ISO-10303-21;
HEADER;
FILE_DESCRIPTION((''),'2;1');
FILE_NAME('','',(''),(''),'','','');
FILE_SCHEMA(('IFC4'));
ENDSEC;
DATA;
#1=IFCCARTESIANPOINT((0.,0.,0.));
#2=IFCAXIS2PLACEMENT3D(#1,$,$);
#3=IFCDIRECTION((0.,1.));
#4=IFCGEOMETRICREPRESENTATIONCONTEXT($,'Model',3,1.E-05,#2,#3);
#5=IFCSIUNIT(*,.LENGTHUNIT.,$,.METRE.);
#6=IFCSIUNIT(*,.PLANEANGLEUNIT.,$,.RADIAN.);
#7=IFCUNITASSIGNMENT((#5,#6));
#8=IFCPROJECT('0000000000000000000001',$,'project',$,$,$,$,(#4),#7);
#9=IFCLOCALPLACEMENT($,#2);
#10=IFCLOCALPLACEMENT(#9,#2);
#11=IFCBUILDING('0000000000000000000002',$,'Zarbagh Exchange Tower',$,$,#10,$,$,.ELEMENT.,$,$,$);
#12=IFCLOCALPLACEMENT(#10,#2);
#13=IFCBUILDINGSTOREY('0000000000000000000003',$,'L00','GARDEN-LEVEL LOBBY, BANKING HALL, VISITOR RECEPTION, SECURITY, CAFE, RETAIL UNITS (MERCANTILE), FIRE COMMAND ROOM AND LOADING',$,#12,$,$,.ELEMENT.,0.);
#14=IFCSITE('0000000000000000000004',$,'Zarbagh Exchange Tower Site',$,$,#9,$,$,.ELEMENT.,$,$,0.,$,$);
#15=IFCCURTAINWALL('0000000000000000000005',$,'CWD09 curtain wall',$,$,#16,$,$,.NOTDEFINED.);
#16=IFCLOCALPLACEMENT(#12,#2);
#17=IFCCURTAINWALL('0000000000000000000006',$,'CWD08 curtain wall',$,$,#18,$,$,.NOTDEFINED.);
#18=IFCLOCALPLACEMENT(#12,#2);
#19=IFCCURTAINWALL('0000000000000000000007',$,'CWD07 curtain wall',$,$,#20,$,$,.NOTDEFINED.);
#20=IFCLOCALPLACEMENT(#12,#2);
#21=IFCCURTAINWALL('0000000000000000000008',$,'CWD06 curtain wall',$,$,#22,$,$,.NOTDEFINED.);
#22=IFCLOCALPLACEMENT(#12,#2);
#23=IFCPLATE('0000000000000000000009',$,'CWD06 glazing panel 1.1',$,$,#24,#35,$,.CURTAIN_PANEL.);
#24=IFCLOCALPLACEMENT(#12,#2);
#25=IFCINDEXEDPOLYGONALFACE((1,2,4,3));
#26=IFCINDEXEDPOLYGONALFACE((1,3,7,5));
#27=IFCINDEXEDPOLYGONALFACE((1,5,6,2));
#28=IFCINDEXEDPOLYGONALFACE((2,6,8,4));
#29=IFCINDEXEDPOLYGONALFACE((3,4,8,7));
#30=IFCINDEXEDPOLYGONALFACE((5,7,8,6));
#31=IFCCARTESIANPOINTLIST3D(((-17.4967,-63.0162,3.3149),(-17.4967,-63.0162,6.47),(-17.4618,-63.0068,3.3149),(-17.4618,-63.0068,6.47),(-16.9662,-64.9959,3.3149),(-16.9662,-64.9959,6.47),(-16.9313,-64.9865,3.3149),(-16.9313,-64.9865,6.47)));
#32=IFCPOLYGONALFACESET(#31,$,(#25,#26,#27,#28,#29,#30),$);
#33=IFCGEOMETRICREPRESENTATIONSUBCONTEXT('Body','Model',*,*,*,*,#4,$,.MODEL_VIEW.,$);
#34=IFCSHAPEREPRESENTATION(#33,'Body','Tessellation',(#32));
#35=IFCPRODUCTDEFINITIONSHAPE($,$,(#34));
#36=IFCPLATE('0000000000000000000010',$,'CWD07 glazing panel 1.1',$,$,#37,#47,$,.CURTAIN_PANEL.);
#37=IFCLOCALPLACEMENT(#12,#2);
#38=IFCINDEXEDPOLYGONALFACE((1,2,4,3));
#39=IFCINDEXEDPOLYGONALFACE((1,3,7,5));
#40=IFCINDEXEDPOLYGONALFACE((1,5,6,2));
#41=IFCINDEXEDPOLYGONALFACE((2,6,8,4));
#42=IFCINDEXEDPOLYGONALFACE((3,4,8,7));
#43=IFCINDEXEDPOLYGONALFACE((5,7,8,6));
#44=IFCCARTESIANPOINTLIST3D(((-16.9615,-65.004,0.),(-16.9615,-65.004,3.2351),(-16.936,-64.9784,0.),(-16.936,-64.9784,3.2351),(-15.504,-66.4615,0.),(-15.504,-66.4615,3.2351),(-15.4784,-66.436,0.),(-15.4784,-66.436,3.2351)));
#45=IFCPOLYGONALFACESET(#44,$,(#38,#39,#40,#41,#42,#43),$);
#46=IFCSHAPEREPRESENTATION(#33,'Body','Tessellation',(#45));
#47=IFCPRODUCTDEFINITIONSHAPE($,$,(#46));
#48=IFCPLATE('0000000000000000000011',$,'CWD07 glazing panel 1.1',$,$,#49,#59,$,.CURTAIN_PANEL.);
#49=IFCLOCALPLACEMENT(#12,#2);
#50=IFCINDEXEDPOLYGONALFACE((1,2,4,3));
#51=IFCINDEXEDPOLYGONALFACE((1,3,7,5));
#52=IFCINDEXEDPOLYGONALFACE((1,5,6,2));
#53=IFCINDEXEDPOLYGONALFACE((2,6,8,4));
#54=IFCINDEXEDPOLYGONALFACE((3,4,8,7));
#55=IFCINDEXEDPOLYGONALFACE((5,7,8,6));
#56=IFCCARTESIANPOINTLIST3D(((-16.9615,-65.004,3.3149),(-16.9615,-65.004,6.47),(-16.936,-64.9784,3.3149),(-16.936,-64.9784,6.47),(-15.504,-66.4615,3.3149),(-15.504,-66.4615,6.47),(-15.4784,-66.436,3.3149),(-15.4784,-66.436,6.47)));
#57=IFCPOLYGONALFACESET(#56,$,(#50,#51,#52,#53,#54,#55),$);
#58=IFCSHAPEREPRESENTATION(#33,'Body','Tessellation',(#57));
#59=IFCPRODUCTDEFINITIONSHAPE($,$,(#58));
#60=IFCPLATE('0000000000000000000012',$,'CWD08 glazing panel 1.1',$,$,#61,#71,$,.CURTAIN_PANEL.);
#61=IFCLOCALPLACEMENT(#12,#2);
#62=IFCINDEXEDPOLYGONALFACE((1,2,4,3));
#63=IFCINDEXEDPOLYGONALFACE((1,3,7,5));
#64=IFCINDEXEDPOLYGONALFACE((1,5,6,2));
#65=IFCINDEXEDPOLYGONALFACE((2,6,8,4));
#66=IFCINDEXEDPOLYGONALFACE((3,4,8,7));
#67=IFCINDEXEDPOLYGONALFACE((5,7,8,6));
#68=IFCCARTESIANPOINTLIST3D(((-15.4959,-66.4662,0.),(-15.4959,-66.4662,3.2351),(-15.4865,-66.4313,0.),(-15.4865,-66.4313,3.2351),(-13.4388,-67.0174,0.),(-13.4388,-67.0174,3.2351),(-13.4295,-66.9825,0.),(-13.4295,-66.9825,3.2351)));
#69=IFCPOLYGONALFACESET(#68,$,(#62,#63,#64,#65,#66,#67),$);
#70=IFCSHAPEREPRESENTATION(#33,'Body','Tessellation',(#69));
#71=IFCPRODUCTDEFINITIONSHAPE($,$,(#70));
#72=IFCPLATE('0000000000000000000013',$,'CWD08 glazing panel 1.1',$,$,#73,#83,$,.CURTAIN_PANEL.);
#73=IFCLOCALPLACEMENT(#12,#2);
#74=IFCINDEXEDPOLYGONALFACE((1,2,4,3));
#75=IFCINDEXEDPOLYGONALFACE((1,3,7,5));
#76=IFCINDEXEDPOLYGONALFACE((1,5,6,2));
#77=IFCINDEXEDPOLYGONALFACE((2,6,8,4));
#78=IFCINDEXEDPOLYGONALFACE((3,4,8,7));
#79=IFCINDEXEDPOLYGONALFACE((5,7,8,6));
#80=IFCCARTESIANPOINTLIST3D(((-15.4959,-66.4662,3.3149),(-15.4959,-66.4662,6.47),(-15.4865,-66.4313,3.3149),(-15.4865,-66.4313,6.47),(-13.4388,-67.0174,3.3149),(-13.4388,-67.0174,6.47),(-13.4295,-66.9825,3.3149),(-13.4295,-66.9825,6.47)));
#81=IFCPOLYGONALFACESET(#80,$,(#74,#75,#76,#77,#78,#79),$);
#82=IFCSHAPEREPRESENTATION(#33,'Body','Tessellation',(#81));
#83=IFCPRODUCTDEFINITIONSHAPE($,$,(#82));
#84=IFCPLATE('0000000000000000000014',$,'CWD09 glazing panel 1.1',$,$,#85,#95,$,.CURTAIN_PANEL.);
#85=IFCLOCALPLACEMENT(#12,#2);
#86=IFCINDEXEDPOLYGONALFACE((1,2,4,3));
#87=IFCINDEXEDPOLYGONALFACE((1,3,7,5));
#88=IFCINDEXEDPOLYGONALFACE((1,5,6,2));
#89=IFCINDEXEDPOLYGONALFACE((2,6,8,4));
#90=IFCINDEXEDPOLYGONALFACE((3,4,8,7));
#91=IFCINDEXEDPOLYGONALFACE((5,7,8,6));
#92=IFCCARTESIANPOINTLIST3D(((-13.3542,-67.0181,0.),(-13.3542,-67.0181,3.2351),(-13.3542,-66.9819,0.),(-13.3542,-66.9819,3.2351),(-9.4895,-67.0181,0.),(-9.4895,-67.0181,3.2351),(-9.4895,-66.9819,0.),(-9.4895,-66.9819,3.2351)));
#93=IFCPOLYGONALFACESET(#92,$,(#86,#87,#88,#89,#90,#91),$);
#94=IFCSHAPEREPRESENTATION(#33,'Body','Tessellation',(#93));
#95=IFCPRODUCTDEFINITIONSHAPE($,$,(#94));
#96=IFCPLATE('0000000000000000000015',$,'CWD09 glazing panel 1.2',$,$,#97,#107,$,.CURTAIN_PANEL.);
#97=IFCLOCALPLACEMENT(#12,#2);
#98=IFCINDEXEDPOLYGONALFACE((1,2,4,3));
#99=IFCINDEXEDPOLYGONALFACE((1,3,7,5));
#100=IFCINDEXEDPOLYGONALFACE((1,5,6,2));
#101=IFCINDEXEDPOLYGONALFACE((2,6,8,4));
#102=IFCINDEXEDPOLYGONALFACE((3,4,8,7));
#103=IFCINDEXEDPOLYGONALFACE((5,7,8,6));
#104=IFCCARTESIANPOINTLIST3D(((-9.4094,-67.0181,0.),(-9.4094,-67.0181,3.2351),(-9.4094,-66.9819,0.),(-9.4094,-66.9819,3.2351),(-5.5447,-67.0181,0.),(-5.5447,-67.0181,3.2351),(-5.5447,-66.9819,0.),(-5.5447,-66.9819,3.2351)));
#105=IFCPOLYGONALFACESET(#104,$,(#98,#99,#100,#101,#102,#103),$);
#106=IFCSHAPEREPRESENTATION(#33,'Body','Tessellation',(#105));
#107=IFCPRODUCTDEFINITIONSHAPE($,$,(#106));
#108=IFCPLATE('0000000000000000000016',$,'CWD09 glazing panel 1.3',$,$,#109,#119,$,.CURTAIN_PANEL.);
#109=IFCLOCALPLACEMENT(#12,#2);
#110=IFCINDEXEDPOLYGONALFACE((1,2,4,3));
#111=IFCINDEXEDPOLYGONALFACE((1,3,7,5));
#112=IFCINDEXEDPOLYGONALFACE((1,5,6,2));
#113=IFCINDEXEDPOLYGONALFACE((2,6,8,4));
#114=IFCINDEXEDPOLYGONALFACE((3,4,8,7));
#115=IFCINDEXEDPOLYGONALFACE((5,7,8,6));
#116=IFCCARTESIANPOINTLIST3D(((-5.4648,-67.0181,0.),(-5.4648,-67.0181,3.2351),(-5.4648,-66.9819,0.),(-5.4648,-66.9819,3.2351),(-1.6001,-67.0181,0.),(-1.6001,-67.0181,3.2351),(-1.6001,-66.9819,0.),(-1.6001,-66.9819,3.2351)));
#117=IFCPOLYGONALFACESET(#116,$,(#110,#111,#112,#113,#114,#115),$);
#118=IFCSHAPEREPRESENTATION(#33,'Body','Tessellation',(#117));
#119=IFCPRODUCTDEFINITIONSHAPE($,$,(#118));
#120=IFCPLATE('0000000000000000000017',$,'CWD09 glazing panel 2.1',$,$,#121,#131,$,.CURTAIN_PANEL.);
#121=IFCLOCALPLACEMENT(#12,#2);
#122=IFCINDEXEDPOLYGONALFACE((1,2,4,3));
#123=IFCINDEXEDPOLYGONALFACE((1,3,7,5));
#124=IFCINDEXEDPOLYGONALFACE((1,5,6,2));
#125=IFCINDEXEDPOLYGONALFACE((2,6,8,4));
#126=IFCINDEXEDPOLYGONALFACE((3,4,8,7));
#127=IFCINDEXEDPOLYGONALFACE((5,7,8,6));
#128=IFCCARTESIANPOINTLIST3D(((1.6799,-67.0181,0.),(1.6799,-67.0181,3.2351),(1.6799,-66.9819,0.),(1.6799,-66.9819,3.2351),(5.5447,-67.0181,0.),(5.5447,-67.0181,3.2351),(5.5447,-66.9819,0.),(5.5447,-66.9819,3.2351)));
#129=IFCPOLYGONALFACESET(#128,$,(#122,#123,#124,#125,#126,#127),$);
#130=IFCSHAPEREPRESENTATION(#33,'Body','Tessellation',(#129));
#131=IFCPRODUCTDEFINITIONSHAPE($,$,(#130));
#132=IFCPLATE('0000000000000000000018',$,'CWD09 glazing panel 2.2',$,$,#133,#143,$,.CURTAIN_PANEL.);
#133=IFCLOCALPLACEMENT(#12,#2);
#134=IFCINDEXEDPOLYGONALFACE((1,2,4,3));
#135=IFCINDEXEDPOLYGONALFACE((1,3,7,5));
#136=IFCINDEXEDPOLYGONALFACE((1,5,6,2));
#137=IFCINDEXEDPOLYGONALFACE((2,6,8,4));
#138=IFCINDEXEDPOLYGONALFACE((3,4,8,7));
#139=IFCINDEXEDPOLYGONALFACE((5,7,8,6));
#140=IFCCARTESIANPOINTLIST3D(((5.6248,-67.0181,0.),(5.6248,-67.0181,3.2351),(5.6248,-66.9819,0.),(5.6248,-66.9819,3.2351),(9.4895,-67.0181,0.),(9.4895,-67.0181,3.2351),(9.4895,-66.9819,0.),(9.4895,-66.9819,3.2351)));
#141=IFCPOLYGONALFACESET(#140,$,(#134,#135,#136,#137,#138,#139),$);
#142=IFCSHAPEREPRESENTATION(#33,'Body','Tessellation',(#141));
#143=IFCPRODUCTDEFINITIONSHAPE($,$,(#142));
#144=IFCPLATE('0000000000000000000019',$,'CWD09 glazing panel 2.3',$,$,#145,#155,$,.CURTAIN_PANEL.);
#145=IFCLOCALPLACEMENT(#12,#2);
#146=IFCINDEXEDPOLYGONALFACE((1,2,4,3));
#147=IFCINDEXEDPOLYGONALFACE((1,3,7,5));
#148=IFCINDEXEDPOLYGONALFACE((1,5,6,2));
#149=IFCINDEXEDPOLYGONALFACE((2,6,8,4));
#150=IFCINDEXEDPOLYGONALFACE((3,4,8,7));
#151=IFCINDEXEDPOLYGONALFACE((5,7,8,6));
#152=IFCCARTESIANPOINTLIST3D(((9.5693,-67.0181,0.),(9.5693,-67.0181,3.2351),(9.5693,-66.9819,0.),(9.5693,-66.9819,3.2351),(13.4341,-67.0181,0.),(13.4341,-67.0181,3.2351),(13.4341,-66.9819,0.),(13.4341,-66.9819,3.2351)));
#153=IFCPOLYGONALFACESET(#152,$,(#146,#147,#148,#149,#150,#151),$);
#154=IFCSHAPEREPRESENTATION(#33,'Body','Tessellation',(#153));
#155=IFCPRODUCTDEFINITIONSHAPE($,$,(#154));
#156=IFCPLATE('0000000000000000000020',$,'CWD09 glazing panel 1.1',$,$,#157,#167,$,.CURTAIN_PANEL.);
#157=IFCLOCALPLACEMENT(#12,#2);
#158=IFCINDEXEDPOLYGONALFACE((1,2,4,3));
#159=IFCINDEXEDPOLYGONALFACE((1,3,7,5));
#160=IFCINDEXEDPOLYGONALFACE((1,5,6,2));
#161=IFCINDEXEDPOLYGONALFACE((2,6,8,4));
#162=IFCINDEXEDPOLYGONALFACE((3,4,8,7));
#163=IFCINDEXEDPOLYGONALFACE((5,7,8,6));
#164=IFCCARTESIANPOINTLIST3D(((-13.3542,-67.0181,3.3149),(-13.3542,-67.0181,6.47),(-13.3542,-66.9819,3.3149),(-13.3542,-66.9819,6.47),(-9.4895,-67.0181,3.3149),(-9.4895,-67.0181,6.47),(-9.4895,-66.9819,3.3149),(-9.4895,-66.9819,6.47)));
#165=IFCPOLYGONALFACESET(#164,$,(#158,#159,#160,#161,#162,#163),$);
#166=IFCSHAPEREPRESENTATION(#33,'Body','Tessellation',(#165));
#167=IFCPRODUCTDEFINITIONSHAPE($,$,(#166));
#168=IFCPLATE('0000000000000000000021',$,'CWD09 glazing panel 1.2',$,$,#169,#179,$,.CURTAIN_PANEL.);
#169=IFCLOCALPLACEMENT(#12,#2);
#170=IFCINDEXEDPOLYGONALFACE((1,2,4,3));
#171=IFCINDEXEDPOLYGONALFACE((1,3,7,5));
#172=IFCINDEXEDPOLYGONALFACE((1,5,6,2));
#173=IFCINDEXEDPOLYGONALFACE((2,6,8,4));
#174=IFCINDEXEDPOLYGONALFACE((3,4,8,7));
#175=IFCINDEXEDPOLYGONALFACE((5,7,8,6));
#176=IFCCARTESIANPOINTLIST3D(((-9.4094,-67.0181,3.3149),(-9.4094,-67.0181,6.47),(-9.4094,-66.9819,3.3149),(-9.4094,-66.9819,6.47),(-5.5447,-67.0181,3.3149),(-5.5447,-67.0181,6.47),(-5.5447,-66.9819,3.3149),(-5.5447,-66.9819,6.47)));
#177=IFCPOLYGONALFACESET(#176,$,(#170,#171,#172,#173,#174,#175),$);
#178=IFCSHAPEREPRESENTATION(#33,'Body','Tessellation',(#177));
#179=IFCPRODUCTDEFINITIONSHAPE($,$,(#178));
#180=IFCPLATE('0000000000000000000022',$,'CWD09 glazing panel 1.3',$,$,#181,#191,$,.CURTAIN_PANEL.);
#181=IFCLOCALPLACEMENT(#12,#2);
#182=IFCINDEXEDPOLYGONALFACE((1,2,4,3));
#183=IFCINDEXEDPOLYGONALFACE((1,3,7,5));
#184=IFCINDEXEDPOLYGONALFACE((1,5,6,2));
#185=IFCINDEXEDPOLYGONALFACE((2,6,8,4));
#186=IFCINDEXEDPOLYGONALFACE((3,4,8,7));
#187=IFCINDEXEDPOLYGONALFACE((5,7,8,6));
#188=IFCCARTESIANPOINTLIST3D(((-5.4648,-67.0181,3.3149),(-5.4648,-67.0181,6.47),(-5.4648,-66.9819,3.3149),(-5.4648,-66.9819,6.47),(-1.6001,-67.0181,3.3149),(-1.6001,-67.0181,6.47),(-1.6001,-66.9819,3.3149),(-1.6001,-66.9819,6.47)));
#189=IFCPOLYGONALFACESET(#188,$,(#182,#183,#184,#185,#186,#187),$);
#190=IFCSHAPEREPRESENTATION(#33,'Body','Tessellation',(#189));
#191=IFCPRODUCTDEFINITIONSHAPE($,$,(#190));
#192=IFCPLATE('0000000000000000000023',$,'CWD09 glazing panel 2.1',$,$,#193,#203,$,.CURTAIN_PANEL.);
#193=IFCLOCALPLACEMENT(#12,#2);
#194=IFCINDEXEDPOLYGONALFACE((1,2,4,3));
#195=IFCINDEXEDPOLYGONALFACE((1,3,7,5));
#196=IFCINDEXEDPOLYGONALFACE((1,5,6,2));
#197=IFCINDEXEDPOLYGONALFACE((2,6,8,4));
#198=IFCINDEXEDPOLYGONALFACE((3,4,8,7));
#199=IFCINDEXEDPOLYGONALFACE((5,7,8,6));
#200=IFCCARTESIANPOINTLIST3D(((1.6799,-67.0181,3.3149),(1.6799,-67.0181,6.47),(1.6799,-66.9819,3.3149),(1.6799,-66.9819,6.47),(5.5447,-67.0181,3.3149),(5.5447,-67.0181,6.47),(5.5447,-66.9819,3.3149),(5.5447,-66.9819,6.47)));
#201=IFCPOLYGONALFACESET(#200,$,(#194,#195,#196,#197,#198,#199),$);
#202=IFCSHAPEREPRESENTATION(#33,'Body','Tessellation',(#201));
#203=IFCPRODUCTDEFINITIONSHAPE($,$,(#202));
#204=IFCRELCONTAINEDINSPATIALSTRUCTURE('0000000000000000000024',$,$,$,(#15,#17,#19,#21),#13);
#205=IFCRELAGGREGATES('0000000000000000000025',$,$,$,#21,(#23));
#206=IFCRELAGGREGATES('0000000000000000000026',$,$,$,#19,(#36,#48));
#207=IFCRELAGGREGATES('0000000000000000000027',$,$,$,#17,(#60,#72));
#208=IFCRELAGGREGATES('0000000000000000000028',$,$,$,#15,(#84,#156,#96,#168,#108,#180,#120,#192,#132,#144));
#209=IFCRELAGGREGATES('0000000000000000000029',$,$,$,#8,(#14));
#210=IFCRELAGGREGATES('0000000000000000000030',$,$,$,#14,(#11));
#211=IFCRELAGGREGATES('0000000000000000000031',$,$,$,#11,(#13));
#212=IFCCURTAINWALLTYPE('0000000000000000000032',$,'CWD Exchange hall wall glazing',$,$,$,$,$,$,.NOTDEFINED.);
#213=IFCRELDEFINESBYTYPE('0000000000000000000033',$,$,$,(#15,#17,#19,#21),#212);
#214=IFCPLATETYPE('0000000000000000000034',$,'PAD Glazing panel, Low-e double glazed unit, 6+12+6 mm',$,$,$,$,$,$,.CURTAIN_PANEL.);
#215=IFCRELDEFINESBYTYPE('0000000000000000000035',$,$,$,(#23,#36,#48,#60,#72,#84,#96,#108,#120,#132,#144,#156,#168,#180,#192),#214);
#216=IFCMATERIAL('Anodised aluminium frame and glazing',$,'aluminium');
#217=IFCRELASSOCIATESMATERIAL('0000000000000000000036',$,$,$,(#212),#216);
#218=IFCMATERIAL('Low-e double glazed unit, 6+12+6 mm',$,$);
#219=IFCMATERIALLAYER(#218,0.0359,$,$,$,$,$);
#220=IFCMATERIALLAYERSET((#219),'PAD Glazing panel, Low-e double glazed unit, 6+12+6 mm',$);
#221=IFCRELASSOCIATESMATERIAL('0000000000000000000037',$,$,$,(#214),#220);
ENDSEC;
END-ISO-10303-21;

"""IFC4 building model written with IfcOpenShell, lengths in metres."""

from ifc_helpers import new_model, si_unit, direction, origin, place, context, subcontext, project, spatial, polyline, outline, extrude, source, transform, mapped, material, layer, layer_set, type_object, element, aggregate, save


model = new_model("IFC4")

# Units and contexts
model_context = context("Model", 3, precision=1e-05, world=origin(), true_north=direction((0.0, 1.0)))
body_context = subcontext(model_context, "Body", "Model", "MODEL_VIEW")
ifc_project = project(units=[si_unit("LENGTHUNIT", "METRE"), si_unit("PLANEANGLEUNIT", "RADIAN")], contexts=[model_context])

# Site, building, storey
site_placement = place(None, origin())
site = spatial("IfcSite", under=ifc_project, at=site_placement, Name="Zarbagh Exchange Tower Site", CompositionType="ELEMENT", RefElevation=0.0)
building_placement = place(site_placement, origin())
building = spatial("IfcBuilding", under=site, at=building_placement, Name="Zarbagh Exchange Tower", CompositionType="ELEMENT")
storey_placement = place(building_placement, origin())
storey = spatial("IfcBuildingStorey", under=building, at=storey_placement, Name="L00", Description="GARDEN-LEVEL LOBBY, BANKING HALL, VISITOR RECEPTION, SECURITY, CAFE, RETAIL UNITS (MERCANTILE), FIRE COMMAND ROOM AND LOADING", CompositionType="ELEMENT", Elevation=0.0)

# Curtain walls
ifc_material_1 = material(Name="Anodised aluminium frame and glazing", Category="aluminium")
curtain_wall_type = type_object("IfcCurtainWallType", Name="CWD Exchange hall wall glazing", PredefinedType="NOTDEFINED", material=ifc_material_1)
curtain_wall_1_placement = place(storey_placement, origin())
curtain_wall_1 = element("IfcCurtainWall", 1, at=curtain_wall_1_placement, inside=storey, type_object=curtain_wall_type, Name="CWD09 curtain wall", PredefinedType="NOTDEFINED")
placement = place(storey_placement, origin())
curtain_wall_2_placement = place(storey_placement, origin())
curtain_wall_2 = element("IfcCurtainWall", 2, at=curtain_wall_2_placement, inside=storey, type_object=curtain_wall_type, Name="CWD08 curtain wall", PredefinedType="NOTDEFINED")
curtain_wall_3_placement = place(storey_placement, origin())
curtain_wall_3 = element("IfcCurtainWall", 3, at=curtain_wall_3_placement, inside=storey, type_object=curtain_wall_type, Name="CWD07 curtain wall", PredefinedType="NOTDEFINED")

# Curtain wall, plate
curtain_wall_4_placement = place(storey_placement, origin())
curtain_wall_4 = element("IfcCurtainWall", 4, at=curtain_wall_4_placement, inside=storey, type_object=curtain_wall_type, Name="CWD06 curtain wall", PredefinedType="NOTDEFINED")
ifc_material_2 = material(Name="Low-e double glazed unit, 6+12+6 mm")
ifc_layer_1 = layer(ifc_material_2, 0.0359)
ifc_layer_set_1 = layer_set([ifc_layer_1], Name="PAD Glazing panel, Low-e double glazed unit, 6+12+6 mm")
plate_type = type_object("IfcPlateType", Name="PAD Glazing panel, Low-e double glazed unit, 6+12+6 mm", PredefinedType="CURTAIN_PANEL", material=ifc_layer_set_1)
shared_shape_1 = source(origin(), body_context, "Body", "SweptSolid", [
    extrude(outline(polyline([(0.0, -0.0181), (2.0496, -0.0181), (2.0496, 0.0181), (0.0, 0.0181), (0.0, -0.0181)])), origin(), (0.0, 0.0, 1.0), 3.155),
])
plate_1 = element("IfcPlate", 5, at=placement, type_object=plate_type, Name="CWD06 glazing panel 1.1", PredefinedType="CURTAIN_PANEL", context=body_context, shape_type="MappedRepresentation", body=[
    mapped(shared_shape_1, transform((-17.4792, -63.0115, 3.3149), x_axis=(0.258825, -0.965924, 0.0), y_axis=(0.965924, 0.258825, 0.0), z_axis=(0.0, 0.0, 1.0))),
])
aggregate(curtain_wall_4, [plate_1])

# Plates
shared_shape_2 = source(origin(), body_context, "Body", "SweptSolid", [
    extrude(outline(polyline([(0.0, -0.0181), (2.0613, -0.0181), (2.0613, 0.0181), (0.0, 0.0181), (0.0, -0.0181)])), origin(), (0.0, 0.0, 1.0), 3.2351),
])
plate_2 = element("IfcPlate", 6, at=placement, type_object=plate_type, Name="CWD07 glazing panel 1.1", PredefinedType="CURTAIN_PANEL", context=body_context, shape_type="MappedRepresentation", body=[
    mapped(shared_shape_2, transform((-16.9487, -64.9912, 0.0), x_axis=(0.707107, -0.707107, 0.0), y_axis=(0.707107, 0.707107, 0.0), z_axis=(0.0, 0.0, 1.0))),
])
shared_shape_3 = source(origin(), body_context, "Body", "SweptSolid", [
    extrude(outline(polyline([(0.0, -0.0181), (2.0613, -0.0181), (2.0613, 0.0181), (0.0, 0.0181), (0.0, -0.0181)])), origin(), (0.0, 0.0, 1.0), 3.155),
])
plate_3 = element("IfcPlate", 7, at=placement, type_object=plate_type, Name="CWD07 glazing panel 1.1", PredefinedType="CURTAIN_PANEL", context=body_context, shape_type="MappedRepresentation", body=[
    mapped(shared_shape_3, transform((-16.9487, -64.9912, 3.3149), x_axis=(0.707107, -0.707107, 0.0), y_axis=(0.707107, 0.707107, 0.0), z_axis=(0.0, 0.0, 1.0))),
])
aggregate(curtain_wall_3, [plate_2, plate_3])
shared_shape_4 = source(origin(), body_context, "Body", "SweptSolid", [
    extrude(outline(polyline([(0.0, -0.0181), (2.1296, -0.0181), (2.1296, 0.0181), (0.0, 0.0181), (0.0, -0.0181)])), origin(), (0.0, 0.0, 1.0), 3.2351),
])
plate_4 = element("IfcPlate", 8, at=placement, type_object=plate_type, Name="CWD08 glazing panel 1.1", PredefinedType="CURTAIN_PANEL", context=body_context, shape_type="MappedRepresentation", body=[
    mapped(shared_shape_4, transform((-15.4912, -66.4487, 0.0), x_axis=(0.965924, -0.258825, 0.0), y_axis=(0.258825, 0.965924, 0.0), z_axis=(0.0, 0.0, 1.0))),
])
shared_shape_5 = source(origin(), body_context, "Body", "SweptSolid", [
    extrude(outline(polyline([(0.0, -0.0181), (2.1296, -0.0181), (2.1296, 0.0181), (0.0, 0.0181), (0.0, -0.0181)])), origin(), (0.0, 0.0, 1.0), 3.155),
])
plate_5 = element("IfcPlate", 9, at=placement, type_object=plate_type, Name="CWD08 glazing panel 1.1", PredefinedType="CURTAIN_PANEL", context=body_context, shape_type="MappedRepresentation", body=[
    mapped(shared_shape_5, transform((-15.4912, -66.4487, 3.3149), x_axis=(0.965924, -0.258825, 0.0), y_axis=(0.258825, 0.965924, 0.0), z_axis=(0.0, 0.0, 1.0))),
])
aggregate(curtain_wall_2, [plate_4, plate_5])
shared_shape_6 = source(origin(), body_context, "Body", "SweptSolid", [
    extrude(outline(polyline([(0.0, -0.0181), (3.8647, -0.0181), (3.8647, 0.0181), (0.0, 0.0181), (0.0, -0.0181)])), origin(), (0.0, 0.0, 1.0), 3.2351),
])
plate_6 = element("IfcPlate", 10, at=placement, type_object=plate_type, Name="CWD09 glazing panel 1.1", PredefinedType="CURTAIN_PANEL", context=body_context, shape_type="MappedRepresentation", body=[
    mapped(shared_shape_6, transform((-13.3542, -67.0, 0.0), x_axis=(1.0, 0.0, 0.0), y_axis=(0.0, 1.0, 0.0), z_axis=(0.0, 0.0, 1.0))),
])
plate_7 = element("IfcPlate", 11, at=placement, type_object=plate_type, Name="CWD09 glazing panel 1.2", PredefinedType="CURTAIN_PANEL", context=body_context, shape_type="MappedRepresentation", body=[
    mapped(shared_shape_6, transform((-9.4094, -67.0, 0.0), x_axis=(1.0, 0.0, 0.0), y_axis=(0.0, 1.0, 0.0), z_axis=(0.0, 0.0, 1.0))),
])
plate_8 = element("IfcPlate", 12, at=placement, type_object=plate_type, Name="CWD09 glazing panel 1.3", PredefinedType="CURTAIN_PANEL", context=body_context, shape_type="MappedRepresentation", body=[
    mapped(shared_shape_6, transform((-5.4648, -67.0, 0.0), x_axis=(1.0, 0.0, 0.0), y_axis=(0.0, 1.0, 0.0), z_axis=(0.0, 0.0, 1.0))),
])
plate_9 = element("IfcPlate", 13, at=placement, type_object=plate_type, Name="CWD09 glazing panel 2.1", PredefinedType="CURTAIN_PANEL", context=body_context, shape_type="MappedRepresentation", body=[
    mapped(shared_shape_6, transform((1.6799, -67.0, 0.0), x_axis=(1.0, 0.0, 0.0), y_axis=(0.0, 1.0, 0.0), z_axis=(0.0, 0.0, 1.0))),
])
plate_10 = element("IfcPlate", 14, at=placement, type_object=plate_type, Name="CWD09 glazing panel 2.2", PredefinedType="CURTAIN_PANEL", context=body_context, shape_type="MappedRepresentation", body=[
    mapped(shared_shape_6, transform((5.6248, -67.0, 0.0), x_axis=(1.0, 0.0, 0.0), y_axis=(0.0, 1.0, 0.0), z_axis=(0.0, 0.0, 1.0))),
])
plate_11 = element("IfcPlate", 15, at=placement, type_object=plate_type, Name="CWD09 glazing panel 2.3", PredefinedType="CURTAIN_PANEL", context=body_context, shape_type="MappedRepresentation", body=[
    mapped(shared_shape_6, transform((9.5693, -67.0, 0.0), x_axis=(1.0, 0.0, 0.0), y_axis=(0.0, 1.0, 0.0), z_axis=(0.0, 0.0, 1.0))),
])
shared_shape_7 = source(origin(), body_context, "Body", "SweptSolid", [
    extrude(outline(polyline([(0.0, -0.0181), (3.8647, -0.0181), (3.8647, 0.0181), (0.0, 0.0181), (0.0, -0.0181)])), origin(), (0.0, 0.0, 1.0), 3.155),
])
plate_12 = element("IfcPlate", 16, at=placement, type_object=plate_type, Name="CWD09 glazing panel 1.1", PredefinedType="CURTAIN_PANEL", context=body_context, shape_type="MappedRepresentation", body=[
    mapped(shared_shape_7, transform((-13.3542, -67.0, 3.3149), x_axis=(1.0, 0.0, 0.0), y_axis=(0.0, 1.0, 0.0), z_axis=(0.0, 0.0, 1.0))),
])
plate_13 = element("IfcPlate", 17, at=placement, type_object=plate_type, Name="CWD09 glazing panel 1.2", PredefinedType="CURTAIN_PANEL", context=body_context, shape_type="MappedRepresentation", body=[
    mapped(shared_shape_7, transform((-9.4094, -67.0, 3.3149), x_axis=(1.0, 0.0, 0.0), y_axis=(0.0, 1.0, 0.0), z_axis=(0.0, 0.0, 1.0))),
])
plate_14 = element("IfcPlate", 18, at=placement, type_object=plate_type, Name="CWD09 glazing panel 1.3", PredefinedType="CURTAIN_PANEL", context=body_context, shape_type="MappedRepresentation", body=[
    mapped(shared_shape_7, transform((-5.4648, -67.0, 3.3149), x_axis=(1.0, 0.0, 0.0), y_axis=(0.0, 1.0, 0.0), z_axis=(0.0, 0.0, 1.0))),
])
plate_15 = element("IfcPlate", 19, at=placement, type_object=plate_type, Name="CWD09 glazing panel 2.1", PredefinedType="CURTAIN_PANEL", context=body_context, shape_type="MappedRepresentation", body=[
    mapped(shared_shape_7, transform((1.6799, -67.0, 3.3149), x_axis=(1.0, 0.0, 0.0), y_axis=(0.0, 1.0, 0.0), z_axis=(0.0, 0.0, 1.0))),
])
aggregate(curtain_wall_1, [plate_6, plate_12, plate_7, plate_13, plate_8, plate_14, plate_9, plate_15, plate_10, plate_11])

save(model, "model.ifc")
